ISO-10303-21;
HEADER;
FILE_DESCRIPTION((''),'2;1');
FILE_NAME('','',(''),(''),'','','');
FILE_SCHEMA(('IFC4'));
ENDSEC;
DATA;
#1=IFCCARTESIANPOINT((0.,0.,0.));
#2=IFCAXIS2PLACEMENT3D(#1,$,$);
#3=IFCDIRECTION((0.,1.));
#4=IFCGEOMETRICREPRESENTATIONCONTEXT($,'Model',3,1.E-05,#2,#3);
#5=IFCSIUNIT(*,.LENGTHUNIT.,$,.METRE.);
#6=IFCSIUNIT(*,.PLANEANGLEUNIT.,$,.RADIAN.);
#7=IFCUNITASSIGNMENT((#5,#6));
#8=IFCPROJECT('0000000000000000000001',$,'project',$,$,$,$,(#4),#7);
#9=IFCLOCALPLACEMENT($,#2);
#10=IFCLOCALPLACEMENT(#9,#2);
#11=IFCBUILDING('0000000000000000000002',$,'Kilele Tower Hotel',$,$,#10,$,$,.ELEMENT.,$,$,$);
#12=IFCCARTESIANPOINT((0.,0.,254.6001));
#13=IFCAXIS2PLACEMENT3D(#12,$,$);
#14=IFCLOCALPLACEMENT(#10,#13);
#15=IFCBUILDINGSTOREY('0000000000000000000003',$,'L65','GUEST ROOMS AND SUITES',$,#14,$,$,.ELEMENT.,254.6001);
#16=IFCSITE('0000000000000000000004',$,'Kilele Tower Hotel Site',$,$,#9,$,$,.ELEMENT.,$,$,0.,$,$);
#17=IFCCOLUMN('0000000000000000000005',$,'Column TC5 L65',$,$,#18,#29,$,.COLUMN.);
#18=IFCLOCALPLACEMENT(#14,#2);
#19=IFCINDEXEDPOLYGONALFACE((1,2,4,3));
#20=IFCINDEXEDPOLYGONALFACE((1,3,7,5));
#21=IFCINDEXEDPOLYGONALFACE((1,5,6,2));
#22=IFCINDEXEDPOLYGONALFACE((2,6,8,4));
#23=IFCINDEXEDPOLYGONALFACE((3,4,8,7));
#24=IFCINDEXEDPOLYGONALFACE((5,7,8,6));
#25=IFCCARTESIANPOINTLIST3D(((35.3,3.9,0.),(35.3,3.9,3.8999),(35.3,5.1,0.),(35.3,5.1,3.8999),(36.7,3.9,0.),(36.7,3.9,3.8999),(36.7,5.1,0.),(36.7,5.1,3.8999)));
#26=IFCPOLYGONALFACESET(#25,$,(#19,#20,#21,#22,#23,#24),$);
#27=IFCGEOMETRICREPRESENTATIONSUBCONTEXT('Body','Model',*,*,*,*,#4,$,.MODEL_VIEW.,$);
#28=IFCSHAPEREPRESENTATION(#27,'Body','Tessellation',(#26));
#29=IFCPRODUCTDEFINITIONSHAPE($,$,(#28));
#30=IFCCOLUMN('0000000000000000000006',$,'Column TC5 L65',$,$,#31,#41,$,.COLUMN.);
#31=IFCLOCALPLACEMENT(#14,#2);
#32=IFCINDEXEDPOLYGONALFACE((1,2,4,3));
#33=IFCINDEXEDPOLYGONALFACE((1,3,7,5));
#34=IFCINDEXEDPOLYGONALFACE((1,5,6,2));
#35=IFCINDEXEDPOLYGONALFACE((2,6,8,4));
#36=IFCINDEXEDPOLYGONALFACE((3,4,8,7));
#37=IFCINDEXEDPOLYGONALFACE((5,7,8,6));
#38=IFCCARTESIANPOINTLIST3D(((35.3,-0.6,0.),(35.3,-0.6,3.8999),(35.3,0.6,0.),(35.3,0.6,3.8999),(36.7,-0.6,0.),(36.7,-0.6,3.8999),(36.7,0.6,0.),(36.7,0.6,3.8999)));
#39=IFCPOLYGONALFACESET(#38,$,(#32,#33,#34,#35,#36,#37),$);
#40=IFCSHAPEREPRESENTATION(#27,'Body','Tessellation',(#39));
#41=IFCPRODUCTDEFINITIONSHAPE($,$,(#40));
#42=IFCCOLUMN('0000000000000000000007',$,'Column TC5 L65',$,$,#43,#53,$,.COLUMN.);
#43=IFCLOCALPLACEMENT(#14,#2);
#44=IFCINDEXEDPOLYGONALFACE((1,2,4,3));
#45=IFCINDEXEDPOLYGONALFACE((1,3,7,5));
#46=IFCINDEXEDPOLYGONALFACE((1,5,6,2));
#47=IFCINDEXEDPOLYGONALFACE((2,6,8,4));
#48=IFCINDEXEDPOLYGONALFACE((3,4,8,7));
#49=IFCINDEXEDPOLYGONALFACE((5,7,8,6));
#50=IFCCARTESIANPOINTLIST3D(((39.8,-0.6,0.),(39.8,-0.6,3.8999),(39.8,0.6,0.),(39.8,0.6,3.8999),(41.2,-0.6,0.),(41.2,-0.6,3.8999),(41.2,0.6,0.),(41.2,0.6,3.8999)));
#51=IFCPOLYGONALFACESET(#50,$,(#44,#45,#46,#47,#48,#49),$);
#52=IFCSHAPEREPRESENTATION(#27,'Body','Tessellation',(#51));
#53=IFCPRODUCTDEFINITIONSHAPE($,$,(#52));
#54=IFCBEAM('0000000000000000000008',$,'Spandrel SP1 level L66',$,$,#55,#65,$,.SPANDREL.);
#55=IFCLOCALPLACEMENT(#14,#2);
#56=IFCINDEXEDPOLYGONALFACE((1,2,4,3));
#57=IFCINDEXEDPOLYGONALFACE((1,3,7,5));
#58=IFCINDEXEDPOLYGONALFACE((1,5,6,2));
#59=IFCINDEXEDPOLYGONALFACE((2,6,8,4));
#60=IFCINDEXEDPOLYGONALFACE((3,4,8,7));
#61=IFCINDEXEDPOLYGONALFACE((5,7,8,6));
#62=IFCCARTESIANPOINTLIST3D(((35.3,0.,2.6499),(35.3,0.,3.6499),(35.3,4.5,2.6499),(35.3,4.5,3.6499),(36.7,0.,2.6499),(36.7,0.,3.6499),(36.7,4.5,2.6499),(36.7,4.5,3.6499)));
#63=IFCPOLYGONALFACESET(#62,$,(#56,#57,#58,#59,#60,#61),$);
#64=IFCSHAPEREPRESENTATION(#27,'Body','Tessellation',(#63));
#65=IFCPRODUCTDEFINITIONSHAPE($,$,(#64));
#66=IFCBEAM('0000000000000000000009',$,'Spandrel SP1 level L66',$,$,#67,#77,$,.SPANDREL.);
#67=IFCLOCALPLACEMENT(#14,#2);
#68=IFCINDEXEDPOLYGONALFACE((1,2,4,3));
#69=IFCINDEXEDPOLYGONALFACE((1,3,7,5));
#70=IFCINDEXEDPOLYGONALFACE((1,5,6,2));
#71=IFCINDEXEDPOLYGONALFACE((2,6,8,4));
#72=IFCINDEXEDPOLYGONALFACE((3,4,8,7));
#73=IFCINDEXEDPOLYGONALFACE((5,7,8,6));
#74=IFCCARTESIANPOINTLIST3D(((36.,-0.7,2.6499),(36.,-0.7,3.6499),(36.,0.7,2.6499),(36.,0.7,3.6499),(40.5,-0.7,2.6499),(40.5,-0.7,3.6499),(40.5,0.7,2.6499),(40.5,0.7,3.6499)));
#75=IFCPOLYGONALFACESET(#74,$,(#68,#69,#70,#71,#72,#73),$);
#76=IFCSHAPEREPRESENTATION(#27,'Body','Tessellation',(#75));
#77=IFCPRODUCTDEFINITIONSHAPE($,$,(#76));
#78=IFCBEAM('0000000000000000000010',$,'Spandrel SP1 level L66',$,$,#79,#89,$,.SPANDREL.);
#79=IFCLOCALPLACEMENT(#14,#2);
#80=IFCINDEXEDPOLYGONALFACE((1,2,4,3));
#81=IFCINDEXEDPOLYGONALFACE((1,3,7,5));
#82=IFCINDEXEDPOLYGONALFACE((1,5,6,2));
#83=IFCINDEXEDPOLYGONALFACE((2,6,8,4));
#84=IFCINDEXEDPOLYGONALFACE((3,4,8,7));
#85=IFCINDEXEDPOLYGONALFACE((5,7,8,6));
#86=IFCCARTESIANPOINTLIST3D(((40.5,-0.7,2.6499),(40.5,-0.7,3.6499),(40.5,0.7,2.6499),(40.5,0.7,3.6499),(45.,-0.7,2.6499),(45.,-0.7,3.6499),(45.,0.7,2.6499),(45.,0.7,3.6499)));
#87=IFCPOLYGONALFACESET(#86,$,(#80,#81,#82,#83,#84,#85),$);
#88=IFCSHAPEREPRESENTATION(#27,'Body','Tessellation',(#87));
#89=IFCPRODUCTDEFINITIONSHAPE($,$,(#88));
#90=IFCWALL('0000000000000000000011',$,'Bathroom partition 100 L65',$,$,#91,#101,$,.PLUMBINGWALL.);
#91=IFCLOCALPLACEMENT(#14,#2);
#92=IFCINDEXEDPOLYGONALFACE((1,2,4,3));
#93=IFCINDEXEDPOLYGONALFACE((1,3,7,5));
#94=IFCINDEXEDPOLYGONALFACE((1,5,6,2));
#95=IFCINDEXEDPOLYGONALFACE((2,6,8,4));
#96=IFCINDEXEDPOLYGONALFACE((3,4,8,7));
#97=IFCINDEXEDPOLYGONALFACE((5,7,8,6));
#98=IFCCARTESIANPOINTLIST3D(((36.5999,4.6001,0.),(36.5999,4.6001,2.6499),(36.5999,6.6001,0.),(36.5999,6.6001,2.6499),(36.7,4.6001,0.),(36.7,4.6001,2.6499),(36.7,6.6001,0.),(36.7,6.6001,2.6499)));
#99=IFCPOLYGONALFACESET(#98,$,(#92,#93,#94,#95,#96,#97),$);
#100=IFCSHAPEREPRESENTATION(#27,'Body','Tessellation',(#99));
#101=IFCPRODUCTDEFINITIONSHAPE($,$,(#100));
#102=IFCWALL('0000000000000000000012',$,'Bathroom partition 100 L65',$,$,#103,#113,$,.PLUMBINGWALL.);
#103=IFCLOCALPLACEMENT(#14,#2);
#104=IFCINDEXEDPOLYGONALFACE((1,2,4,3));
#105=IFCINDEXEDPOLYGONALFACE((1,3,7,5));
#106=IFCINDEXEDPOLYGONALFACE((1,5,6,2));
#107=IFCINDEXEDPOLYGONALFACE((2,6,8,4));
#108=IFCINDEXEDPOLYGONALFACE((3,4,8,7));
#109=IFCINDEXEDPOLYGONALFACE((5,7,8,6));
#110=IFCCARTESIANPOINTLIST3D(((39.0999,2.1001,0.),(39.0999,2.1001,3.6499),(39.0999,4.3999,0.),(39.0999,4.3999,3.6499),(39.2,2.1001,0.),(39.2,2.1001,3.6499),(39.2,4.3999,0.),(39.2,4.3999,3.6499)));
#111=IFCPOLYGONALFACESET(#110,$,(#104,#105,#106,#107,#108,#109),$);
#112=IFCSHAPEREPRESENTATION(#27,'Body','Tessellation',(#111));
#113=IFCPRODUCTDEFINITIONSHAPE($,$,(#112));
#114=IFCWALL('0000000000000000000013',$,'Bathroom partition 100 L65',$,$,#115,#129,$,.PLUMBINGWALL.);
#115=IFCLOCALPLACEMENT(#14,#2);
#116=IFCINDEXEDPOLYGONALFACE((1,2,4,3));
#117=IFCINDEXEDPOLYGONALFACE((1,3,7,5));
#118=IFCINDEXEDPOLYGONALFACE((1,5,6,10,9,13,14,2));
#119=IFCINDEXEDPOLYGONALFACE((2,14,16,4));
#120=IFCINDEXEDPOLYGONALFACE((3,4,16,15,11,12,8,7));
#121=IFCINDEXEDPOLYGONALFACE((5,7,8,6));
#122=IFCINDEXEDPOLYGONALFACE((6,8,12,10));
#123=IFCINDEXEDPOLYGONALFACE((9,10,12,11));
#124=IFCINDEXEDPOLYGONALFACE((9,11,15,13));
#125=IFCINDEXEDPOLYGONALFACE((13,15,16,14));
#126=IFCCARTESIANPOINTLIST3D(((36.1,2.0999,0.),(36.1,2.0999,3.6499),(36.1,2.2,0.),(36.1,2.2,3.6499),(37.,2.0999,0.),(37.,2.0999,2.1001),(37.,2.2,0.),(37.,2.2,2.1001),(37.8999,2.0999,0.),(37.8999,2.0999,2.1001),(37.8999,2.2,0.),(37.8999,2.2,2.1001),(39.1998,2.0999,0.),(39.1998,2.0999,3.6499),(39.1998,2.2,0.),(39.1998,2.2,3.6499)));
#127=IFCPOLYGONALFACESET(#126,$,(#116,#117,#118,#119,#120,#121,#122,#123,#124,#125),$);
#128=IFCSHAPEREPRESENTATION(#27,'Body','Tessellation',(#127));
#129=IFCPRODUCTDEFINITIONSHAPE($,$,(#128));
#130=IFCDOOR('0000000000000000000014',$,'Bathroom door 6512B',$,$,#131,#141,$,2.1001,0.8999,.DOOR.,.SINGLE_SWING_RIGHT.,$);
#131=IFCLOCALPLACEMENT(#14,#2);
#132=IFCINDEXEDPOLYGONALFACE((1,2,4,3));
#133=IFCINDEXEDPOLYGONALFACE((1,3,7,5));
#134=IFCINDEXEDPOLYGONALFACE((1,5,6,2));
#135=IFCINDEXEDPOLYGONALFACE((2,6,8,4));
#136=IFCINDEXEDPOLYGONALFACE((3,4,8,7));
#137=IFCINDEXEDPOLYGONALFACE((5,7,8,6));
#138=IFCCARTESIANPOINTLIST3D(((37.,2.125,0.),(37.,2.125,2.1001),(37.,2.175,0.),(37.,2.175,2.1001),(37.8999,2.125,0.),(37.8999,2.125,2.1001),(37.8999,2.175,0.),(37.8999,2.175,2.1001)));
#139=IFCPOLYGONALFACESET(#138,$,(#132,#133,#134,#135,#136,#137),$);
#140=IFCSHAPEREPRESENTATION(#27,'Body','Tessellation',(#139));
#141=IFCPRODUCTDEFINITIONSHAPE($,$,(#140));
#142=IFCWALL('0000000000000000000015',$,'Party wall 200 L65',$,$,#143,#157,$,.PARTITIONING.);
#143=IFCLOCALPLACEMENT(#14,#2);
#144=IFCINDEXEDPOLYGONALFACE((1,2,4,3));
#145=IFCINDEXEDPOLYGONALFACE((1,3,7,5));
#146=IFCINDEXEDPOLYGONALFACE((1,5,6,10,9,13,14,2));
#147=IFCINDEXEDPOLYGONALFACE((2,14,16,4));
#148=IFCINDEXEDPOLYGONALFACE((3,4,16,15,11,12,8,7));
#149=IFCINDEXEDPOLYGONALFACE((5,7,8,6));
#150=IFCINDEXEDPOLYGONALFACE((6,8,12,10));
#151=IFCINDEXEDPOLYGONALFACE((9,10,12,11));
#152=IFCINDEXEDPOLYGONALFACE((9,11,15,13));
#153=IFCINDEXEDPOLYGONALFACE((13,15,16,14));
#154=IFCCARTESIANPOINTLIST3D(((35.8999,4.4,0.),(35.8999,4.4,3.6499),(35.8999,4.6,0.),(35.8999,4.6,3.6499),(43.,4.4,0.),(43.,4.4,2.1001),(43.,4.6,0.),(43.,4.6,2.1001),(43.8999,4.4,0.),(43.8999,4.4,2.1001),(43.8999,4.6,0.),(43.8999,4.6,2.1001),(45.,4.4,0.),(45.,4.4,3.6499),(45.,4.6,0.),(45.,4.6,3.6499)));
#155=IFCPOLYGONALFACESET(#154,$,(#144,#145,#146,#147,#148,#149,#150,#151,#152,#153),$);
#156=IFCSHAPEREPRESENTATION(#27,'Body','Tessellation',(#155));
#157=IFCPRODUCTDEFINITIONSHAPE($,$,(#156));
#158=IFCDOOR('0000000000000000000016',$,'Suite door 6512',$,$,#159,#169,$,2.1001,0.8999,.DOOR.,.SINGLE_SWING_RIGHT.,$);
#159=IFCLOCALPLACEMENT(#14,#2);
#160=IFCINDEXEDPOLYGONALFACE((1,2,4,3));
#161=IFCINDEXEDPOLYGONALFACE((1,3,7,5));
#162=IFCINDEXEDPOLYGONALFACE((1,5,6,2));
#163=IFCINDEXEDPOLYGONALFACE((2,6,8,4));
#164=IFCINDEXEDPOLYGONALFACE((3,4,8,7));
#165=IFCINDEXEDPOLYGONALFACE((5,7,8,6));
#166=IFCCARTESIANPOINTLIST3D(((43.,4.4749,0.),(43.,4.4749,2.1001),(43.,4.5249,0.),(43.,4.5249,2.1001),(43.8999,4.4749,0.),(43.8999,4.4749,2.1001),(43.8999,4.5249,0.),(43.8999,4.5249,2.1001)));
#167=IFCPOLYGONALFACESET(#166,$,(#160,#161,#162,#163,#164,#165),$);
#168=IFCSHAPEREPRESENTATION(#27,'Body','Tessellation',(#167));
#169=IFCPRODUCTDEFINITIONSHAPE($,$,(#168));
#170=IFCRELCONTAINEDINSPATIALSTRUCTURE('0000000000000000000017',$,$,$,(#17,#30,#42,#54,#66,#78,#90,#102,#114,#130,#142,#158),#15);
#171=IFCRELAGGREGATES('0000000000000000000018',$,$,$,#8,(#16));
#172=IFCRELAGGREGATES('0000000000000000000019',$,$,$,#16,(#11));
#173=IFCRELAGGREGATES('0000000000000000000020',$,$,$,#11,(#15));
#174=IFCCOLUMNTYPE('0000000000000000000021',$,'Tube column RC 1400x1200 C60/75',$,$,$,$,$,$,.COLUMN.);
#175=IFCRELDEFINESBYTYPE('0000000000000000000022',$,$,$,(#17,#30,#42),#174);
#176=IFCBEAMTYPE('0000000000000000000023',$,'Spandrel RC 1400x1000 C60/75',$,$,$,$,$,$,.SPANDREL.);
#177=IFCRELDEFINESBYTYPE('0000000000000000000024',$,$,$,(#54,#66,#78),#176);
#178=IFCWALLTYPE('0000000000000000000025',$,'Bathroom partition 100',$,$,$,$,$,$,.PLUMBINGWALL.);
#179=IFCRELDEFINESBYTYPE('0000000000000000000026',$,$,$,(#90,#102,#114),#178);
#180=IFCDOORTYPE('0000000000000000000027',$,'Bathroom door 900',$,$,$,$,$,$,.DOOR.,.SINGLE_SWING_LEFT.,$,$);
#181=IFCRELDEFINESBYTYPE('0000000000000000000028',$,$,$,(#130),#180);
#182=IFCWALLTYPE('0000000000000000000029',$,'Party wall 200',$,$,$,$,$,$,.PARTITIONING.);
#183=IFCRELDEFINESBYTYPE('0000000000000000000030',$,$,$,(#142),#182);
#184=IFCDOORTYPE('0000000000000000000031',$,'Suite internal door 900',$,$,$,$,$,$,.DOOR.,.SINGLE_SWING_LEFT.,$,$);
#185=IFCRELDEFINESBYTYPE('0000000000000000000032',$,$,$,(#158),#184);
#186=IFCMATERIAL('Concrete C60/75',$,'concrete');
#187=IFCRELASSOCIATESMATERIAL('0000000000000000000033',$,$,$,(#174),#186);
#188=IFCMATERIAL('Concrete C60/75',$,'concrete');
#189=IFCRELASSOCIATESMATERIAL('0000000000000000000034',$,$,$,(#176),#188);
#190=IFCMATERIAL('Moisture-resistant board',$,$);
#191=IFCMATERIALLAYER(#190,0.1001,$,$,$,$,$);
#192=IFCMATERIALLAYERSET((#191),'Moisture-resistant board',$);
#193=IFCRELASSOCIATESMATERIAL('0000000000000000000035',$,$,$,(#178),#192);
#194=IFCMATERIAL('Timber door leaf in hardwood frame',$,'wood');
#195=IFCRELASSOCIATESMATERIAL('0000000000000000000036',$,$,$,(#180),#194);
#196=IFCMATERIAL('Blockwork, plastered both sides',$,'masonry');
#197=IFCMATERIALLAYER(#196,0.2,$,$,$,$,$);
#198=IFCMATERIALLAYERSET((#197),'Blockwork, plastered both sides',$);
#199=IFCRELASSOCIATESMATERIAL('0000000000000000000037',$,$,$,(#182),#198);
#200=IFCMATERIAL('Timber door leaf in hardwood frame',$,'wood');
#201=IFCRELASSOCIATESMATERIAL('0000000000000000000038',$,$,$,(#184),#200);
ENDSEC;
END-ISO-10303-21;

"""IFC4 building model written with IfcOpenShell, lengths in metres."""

from ifc_helpers import new_model, si_unit, direction, frame, frame_2d, origin, origin_2d, place, context, subcontext, project, spatial, rectangle, extrude, material, layer, layer_set, material_profile, profile_set, type_object, element, fill, save


model = new_model("IFC4")

# Units and contexts
model_context = context("Model", 3, precision=1e-05, world=origin(), true_north=direction((0.0, 1.0)))
body_context = subcontext(model_context, "Body", "Model", "MODEL_VIEW")
ifc_project = project(units=[si_unit("LENGTHUNIT", "METRE"), si_unit("PLANEANGLEUNIT", "RADIAN")], contexts=[model_context])

# Site, building, storey
site_placement = place(None, origin())
site = spatial("IfcSite", under=ifc_project, at=site_placement, Name="Kilele Tower Hotel Site", CompositionType="ELEMENT", RefElevation=0.0)
building_placement = place(site_placement, origin())
building = spatial("IfcBuilding", under=site, at=building_placement, Name="Kilele Tower Hotel", CompositionType="ELEMENT")
storey_placement = place(building_placement, frame((0.0, 0.0, 254.6001)))
storey = spatial("IfcBuildingStorey", under=building, at=storey_placement, Name="L65", Description="GUEST ROOMS AND SUITES", CompositionType="ELEMENT", Elevation=254.6001)

# Columns
ifc_material_1 = material(Name="Concrete C60/75", Category="concrete")
ifc_material_profile_1 = material_profile(ifc_material_1, rectangle(XDim=1.3999, YDim=1.2, at=origin_2d()))
ifc_profile_set_1 = profile_set([ifc_material_profile_1], Name="Concrete C60/75")
column_type = type_object("IfcColumnType", Name="Tube column RC 1400x1200 C60/75", PredefinedType="COLUMN", material=ifc_profile_set_1)
for number, where, z_axis, x_axis, name in (
    (1, (36.0, 4.5, 0.0), (0.0, 0.0, 1.0), (1.0, 0.0, 0.0), "Column TC5 L65"),
    (2, (36.0, 0.0, 0.0), (0.0, 0.0, 1.0), (1.0, 0.0, 0.0), "Column TC5 L65"),
    (3, (40.5, 0.0, 0.0), (0.0, 0.0, 1.0), (1.0, 0.0, 0.0), "Column TC5 L65"),
):
    element("IfcColumn", number, at=place(storey_placement, frame(where, z_axis=z_axis, x_axis=x_axis)), inside=storey, type_object=column_type, Name=name, PredefinedType="COLUMN", context=body_context, shape_type="SweptSolid", body=[
        extrude(rectangle(XDim=1.3999, YDim=1.2, at=origin_2d()), origin(), (0.0, 0.0, 1.0), 3.8999),
    ])

# Beams
ifc_material_2 = material(Name="Concrete C60/75", Category="concrete")
ifc_material_profile_2 = material_profile(ifc_material_2, rectangle(XDim=1.3999, YDim=1.0, at=origin_2d()))
ifc_profile_set_2 = profile_set([ifc_material_profile_2], Name="Concrete C60/75")
beam_type = type_object("IfcBeamType", Name="Spandrel RC 1400x1000 C60/75", PredefinedType="SPANDREL", material=ifc_profile_set_2)
for number, where, z_axis, x_axis, name in (
    (4, (36.0, 4.5, 3.1499), (0.0, -1.0, 0.0), (1.0, 0.0, 0.0), "Spandrel SP1 level L66"),
    (5, (36.0, 0.0, 3.1499), (1.0, 0.0, 0.0), (0.0, 1.0, 0.0), "Spandrel SP1 level L66"),
    (6, (40.5, 0.0, 3.1499), (1.0, 0.0, 0.0), (0.0, 1.0, 0.0), "Spandrel SP1 level L66"),
):
    element("IfcBeam", number, at=place(storey_placement, frame(where, z_axis=z_axis, x_axis=x_axis)), inside=storey, type_object=beam_type, Name=name, PredefinedType="SPANDREL", context=body_context, shape_type="SweptSolid", body=[
        extrude(rectangle(XDim=1.3999, YDim=1.0, at=origin_2d()), origin(), (0.0, 0.0, 1.0), 4.5),
    ])

# Walls
ifc_material_3 = material(Name="Moisture-resistant board")
ifc_layer_1 = layer(ifc_material_3, 0.1001)
ifc_layer_set_1 = layer_set([ifc_layer_1], Name="Moisture-resistant board")
wall_type_1 = type_object("IfcWallType", Name="Bathroom partition 100", PredefinedType="PLUMBINGWALL", material=ifc_layer_set_1)
wall_1_placement = place(storey_placement, frame((36.6499, 4.6001, 0.0), z_axis=(0.0, 0.0, 1.0), x_axis=(0.0, 1.0, 0.0)))
element("IfcWall", 7, at=wall_1_placement, inside=storey, type_object=wall_type_1, Name="Bathroom partition 100 L65", PredefinedType="PLUMBINGWALL", context=body_context, shape_type="SweptSolid", body=[
    extrude(rectangle(XDim=2.0, YDim=0.1001, at=frame_2d((1.0, 0.0))), origin(), (0.0, 0.0, 1.0), 2.6499),
])
wall_2_placement = place(storey_placement, frame((39.1499, 4.3999, 0.0), z_axis=(0.0, 0.0, 1.0), x_axis=(0.0, -1.0, 0.0)))
element("IfcWall", 8, at=wall_2_placement, inside=storey, type_object=wall_type_1, Name="Bathroom partition 100 L65", PredefinedType="PLUMBINGWALL", context=body_context, shape_type="SweptSolid", body=[
    extrude(rectangle(XDim=2.2998, YDim=0.1001, at=frame_2d((1.1499, 0.0))), origin(), (0.0, 0.0, 1.0), 3.6499),
])

# Walls, openings, doors
wall_3_placement = place(storey_placement, frame((36.1001, 2.1499, 0.0), z_axis=(0.0, 0.0, 1.0), x_axis=(1.0, 0.0, 0.0)))
wall_3 = element("IfcWall", 9, at=wall_3_placement, inside=storey, type_object=wall_type_1, Name="Bathroom partition 100 L65", PredefinedType="PLUMBINGWALL", context=body_context, shape_type="SweptSolid", body=[
    extrude(rectangle(XDim=3.0999, YDim=0.1001, at=frame_2d((1.5498, 0.0))), origin(), (0.0, 0.0, 1.0), 3.6499),
])
opening_1_placement = place(wall_3_placement, frame((1.7998, 0.0, 0.0), z_axis=(0.0, 0.0, 1.0), x_axis=(-1.0, 0.0, 0.0)))
opening_1 = element("IfcOpeningElement", 10, at=opening_1_placement, cuts=wall_3, PredefinedType="OPENING", context=body_context, shape_type="SweptSolid", body=[
    extrude(rectangle(XDim=0.8999, YDim=2.1001, at=frame_2d((0.45, 1.05))), frame((0.0, 0.0601, 0.0), z_axis=(0.0, -1.0, 0.0), x_axis=(1.0, 0.0, 0.0)), (0.0, 0.0, 1.0), 0.1201),
])
ifc_material_4 = material(Name="Timber door leaf in hardwood frame", Category="wood")
door_type_1 = type_object("IfcDoorType", Name="Bathroom door 900", OperationType="SINGLE_SWING_LEFT", PredefinedType="DOOR", material=ifc_material_4)
door_1_placement = place(opening_1_placement, origin())
door_1 = element("IfcDoor", 11, at=door_1_placement, inside=storey, type_object=door_type_1, Name="Bathroom door 6512B", OperationType="SINGLE_SWING_RIGHT", OverallHeight=2.1001, OverallWidth=0.8999, PredefinedType="DOOR", context=body_context, shape_type="SweptSolid", body=[
    extrude(rectangle(XDim=0.8999, YDim=2.1001, at=frame_2d((0.45, 1.05))), frame((0.0, 0.0249, 0.0), z_axis=(0.0, -1.0, 0.0), x_axis=(1.0, 0.0, 0.0)), (0.0, 0.0, 1.0), 0.05),
])
fill(opening_1, door_1)
ifc_material_5 = material(Name="Blockwork, plastered both sides", Category="masonry")
ifc_layer_2 = layer(ifc_material_5, 0.2)
ifc_layer_set_2 = layer_set([ifc_layer_2], Name="Blockwork, plastered both sides")
wall_type_2 = type_object("IfcWallType", Name="Party wall 200", PredefinedType="PARTITIONING", material=ifc_layer_set_2)
wall_4_placement = place(storey_placement, frame((35.8999, 4.5, 0.0), z_axis=(0.0, 0.0, 1.0), x_axis=(1.0, 0.0, 0.0)))
wall_4 = element("IfcWall", 12, at=wall_4_placement, inside=storey, type_object=wall_type_2, Name="Party wall 200 L65", PredefinedType="PARTITIONING", context=body_context, shape_type="SweptSolid", body=[
    extrude(rectangle(XDim=9.1001, YDim=0.2, at=frame_2d((4.55, 0.0))), origin(), (0.0, 0.0, 1.0), 3.6499),
])
opening_2_placement = place(wall_4_placement, frame((7.1001, 0.0, 0.0)))
opening_2 = element("IfcOpeningElement", 13, at=opening_2_placement, cuts=wall_4, PredefinedType="OPENING", context=body_context, shape_type="SweptSolid", body=[
    extrude(rectangle(XDim=0.8999, YDim=2.1001, at=frame_2d((0.45, 1.05))), frame((0.0, 0.1099, 0.0), z_axis=(0.0, -1.0, 0.0), x_axis=(1.0, 0.0, 0.0)), (0.0, 0.0, 1.0), 0.22),
])
ifc_material_6 = material(Name="Timber door leaf in hardwood frame", Category="wood")
door_type_2 = type_object("IfcDoorType", Name="Suite internal door 900", OperationType="SINGLE_SWING_LEFT", PredefinedType="DOOR", material=ifc_material_6)
door_2_placement = place(opening_2_placement, origin())
door_2 = element("IfcDoor", 14, at=door_2_placement, inside=storey, type_object=door_type_2, Name="Suite door 6512", OperationType="SINGLE_SWING_RIGHT", OverallHeight=2.1001, OverallWidth=0.8999, PredefinedType="DOOR", context=body_context, shape_type="SweptSolid", body=[
    extrude(rectangle(XDim=0.8999, YDim=2.1001, at=frame_2d((0.45, 1.05))), frame((0.0, 0.0249, 0.0), z_axis=(0.0, -1.0, 0.0), x_axis=(1.0, 0.0, 0.0)), (0.0, 0.0, 1.0), 0.05),
])
fill(opening_2, door_2)

save(model, "model.ifc")
